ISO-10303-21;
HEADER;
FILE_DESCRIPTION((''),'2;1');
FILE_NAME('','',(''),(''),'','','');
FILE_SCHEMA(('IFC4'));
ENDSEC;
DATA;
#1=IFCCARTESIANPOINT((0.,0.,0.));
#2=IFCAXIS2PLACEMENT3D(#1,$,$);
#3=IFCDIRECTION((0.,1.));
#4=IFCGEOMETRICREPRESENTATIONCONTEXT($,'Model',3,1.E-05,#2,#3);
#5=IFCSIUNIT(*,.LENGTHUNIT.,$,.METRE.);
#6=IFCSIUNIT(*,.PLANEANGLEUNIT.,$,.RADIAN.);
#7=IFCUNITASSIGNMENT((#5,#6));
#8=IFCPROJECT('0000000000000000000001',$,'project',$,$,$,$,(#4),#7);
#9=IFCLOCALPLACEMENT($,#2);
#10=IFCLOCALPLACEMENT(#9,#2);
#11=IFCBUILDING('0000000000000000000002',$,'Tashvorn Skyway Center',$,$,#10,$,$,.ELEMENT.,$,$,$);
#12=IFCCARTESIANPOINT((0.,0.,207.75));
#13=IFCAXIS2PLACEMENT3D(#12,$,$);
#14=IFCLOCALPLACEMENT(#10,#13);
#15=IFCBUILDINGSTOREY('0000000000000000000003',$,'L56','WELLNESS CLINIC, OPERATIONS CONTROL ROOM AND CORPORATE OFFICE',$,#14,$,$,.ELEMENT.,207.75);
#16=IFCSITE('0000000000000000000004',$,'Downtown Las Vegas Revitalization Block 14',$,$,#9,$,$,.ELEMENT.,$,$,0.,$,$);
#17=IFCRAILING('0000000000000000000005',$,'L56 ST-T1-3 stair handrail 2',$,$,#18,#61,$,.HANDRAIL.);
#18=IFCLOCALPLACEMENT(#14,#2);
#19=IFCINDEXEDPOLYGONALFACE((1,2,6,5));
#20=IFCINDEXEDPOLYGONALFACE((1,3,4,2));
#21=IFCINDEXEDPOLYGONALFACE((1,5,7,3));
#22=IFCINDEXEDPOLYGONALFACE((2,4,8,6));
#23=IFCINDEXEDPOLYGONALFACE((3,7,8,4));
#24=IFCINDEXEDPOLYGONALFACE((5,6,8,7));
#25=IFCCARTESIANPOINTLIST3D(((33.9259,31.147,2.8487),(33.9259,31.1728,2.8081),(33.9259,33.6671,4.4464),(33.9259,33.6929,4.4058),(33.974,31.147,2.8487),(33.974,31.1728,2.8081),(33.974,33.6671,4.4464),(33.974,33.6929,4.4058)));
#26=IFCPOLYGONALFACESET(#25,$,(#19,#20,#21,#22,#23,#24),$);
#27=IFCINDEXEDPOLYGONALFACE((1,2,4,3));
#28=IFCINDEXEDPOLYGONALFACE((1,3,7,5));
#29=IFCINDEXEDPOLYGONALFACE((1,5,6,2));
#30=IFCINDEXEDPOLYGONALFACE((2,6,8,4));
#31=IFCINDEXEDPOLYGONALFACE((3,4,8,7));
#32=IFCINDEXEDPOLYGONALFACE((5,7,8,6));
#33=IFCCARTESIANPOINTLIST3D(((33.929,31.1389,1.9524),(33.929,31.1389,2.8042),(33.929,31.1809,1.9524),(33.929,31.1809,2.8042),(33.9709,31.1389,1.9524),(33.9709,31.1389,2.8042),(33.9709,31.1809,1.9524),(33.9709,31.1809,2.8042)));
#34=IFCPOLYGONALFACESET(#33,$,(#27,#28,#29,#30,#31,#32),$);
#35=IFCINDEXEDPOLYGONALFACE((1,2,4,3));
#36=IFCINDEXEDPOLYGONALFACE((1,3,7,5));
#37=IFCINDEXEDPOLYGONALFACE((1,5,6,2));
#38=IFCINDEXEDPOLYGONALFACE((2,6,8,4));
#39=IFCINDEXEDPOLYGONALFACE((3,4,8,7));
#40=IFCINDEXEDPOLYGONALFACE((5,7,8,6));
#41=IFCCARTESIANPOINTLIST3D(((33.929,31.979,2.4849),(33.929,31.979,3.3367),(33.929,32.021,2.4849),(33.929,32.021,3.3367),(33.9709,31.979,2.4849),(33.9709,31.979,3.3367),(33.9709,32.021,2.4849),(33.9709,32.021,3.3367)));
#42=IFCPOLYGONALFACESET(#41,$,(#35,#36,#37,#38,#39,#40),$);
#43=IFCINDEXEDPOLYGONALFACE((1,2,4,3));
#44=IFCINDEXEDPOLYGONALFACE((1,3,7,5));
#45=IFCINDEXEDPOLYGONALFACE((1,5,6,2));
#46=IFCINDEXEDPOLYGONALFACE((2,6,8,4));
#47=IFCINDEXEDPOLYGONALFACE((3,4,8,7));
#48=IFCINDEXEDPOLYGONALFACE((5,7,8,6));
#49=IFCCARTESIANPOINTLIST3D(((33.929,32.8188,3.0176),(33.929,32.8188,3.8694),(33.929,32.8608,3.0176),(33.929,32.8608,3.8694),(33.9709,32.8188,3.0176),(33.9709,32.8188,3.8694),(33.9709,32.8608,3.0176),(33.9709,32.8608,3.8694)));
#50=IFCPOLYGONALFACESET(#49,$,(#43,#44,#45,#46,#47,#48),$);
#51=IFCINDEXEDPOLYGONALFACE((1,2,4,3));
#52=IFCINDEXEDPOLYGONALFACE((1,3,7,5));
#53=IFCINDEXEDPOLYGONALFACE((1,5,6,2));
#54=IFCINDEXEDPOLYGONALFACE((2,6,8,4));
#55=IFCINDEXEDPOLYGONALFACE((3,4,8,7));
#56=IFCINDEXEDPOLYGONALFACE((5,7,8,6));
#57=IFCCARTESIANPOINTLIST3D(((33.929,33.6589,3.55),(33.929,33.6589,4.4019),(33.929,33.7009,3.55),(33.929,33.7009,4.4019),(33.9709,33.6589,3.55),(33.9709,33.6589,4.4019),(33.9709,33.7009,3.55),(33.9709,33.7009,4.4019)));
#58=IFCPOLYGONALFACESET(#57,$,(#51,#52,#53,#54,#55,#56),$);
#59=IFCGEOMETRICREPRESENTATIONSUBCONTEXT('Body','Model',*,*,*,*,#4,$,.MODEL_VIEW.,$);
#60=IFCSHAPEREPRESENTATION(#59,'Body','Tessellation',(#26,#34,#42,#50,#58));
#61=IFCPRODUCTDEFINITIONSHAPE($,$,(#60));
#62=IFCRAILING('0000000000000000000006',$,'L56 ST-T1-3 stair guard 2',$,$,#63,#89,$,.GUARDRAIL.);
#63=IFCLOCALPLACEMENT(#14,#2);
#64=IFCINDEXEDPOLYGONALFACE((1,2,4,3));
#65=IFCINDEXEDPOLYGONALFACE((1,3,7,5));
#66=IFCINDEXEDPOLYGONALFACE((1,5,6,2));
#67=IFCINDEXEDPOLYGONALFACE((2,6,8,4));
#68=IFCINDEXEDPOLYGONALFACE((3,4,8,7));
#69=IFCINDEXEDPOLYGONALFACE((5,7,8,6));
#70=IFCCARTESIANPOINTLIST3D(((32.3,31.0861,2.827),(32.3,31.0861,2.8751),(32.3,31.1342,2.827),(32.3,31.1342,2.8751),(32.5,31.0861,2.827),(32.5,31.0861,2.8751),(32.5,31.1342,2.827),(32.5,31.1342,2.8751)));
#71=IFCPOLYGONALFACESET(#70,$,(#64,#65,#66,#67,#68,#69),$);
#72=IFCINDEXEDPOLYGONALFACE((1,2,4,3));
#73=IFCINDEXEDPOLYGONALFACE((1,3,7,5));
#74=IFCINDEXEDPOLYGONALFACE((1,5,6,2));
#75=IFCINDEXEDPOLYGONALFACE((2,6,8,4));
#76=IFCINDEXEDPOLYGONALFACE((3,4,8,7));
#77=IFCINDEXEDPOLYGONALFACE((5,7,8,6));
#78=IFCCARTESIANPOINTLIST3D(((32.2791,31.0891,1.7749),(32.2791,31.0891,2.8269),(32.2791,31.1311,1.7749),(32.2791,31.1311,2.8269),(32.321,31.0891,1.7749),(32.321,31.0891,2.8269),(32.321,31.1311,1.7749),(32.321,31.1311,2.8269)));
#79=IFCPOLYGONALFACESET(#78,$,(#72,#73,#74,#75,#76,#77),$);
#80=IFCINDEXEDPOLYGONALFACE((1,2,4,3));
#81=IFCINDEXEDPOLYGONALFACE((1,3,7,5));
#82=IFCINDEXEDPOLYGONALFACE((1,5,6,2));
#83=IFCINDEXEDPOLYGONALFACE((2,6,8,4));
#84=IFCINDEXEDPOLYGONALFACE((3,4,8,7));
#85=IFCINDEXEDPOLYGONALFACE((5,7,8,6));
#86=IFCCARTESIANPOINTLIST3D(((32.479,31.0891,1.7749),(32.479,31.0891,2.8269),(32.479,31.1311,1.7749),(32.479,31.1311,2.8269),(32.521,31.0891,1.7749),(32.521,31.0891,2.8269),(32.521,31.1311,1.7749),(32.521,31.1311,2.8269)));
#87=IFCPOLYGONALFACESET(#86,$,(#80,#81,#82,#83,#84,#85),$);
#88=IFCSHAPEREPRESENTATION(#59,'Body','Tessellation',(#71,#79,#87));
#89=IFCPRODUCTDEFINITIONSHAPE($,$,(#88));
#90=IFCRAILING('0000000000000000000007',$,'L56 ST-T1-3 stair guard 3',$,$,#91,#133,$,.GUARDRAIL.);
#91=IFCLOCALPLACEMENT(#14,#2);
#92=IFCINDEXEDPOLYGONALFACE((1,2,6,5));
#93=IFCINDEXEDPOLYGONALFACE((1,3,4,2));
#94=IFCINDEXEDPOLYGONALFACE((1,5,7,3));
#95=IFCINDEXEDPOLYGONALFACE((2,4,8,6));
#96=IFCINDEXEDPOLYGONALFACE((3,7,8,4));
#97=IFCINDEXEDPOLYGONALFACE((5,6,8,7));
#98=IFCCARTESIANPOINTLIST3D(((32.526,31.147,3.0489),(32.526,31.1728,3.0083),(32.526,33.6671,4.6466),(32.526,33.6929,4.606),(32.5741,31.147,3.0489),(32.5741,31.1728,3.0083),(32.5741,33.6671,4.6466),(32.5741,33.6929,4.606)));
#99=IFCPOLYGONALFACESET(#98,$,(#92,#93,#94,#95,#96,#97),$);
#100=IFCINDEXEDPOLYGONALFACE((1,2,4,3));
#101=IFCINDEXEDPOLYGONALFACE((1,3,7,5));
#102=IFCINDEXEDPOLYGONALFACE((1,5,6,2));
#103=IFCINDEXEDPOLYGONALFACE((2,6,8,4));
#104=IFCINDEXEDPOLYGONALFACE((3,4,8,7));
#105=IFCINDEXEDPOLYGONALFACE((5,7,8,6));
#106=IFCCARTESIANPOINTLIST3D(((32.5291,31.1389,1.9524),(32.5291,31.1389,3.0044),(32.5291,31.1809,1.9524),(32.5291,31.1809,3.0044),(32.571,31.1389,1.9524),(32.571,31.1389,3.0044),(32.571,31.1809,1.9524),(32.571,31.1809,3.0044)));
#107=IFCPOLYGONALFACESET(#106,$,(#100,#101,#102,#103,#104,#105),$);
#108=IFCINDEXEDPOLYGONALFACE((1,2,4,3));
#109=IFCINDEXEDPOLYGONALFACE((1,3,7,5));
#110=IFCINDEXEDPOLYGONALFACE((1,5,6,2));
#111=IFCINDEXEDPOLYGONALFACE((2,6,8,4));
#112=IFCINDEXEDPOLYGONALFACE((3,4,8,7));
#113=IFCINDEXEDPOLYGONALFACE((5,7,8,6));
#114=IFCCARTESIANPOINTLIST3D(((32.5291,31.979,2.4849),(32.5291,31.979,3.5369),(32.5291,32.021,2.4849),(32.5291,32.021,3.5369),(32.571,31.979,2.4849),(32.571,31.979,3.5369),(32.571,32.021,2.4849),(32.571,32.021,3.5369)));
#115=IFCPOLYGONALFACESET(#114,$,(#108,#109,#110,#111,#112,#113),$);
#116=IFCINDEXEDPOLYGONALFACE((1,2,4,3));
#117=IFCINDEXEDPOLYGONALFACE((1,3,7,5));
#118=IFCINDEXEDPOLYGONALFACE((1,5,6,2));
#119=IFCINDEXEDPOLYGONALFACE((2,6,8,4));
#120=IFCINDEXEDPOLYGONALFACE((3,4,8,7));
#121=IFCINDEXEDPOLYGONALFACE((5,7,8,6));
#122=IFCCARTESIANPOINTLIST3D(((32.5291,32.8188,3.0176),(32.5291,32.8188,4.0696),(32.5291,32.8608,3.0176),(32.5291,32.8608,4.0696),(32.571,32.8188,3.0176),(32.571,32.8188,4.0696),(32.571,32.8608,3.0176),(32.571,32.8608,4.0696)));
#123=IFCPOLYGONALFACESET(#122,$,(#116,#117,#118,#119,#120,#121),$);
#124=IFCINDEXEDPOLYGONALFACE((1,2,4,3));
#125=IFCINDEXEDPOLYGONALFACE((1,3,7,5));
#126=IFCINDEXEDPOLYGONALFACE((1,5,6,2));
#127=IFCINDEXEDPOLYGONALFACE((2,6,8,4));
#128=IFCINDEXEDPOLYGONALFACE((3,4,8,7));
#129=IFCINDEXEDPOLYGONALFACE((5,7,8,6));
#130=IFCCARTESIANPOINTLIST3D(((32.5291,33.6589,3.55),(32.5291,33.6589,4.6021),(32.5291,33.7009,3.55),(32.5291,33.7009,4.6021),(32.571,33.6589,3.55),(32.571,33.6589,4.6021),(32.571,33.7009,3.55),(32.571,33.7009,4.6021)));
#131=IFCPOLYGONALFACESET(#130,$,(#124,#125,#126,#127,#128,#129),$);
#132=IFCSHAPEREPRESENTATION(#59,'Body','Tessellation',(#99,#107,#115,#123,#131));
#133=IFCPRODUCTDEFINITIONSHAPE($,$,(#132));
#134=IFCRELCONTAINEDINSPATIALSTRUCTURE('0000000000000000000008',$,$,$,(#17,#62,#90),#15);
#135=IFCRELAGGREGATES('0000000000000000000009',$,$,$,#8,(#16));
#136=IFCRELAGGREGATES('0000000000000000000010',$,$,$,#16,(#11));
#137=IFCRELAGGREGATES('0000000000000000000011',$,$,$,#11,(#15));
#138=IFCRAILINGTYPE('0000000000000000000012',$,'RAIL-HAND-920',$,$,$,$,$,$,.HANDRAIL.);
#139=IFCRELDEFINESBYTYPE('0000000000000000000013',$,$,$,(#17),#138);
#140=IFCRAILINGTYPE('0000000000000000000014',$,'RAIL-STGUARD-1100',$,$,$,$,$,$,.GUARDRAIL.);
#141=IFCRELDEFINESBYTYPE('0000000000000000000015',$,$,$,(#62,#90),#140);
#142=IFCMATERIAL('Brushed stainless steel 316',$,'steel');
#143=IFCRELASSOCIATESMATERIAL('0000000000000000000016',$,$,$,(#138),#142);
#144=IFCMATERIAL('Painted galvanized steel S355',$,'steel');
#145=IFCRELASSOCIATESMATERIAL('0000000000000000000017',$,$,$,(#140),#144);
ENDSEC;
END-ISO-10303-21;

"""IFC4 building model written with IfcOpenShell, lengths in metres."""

from ifc_helpers import new_model, si_unit, direction, frame, origin, origin_2d, place, context, subcontext, project, spatial, rectangle, extrude, material, type_object, element, save


model = new_model("IFC4")

# Units and contexts
model_context = context("Model", 3, precision=1e-05, world=origin(), true_north=direction((0.0, 1.0)))
body_context = subcontext(model_context, "Body", "Model", "MODEL_VIEW")
ifc_project = project(units=[si_unit("LENGTHUNIT", "METRE"), si_unit("PLANEANGLEUNIT", "RADIAN")], contexts=[model_context])

# Site, building, storey
site_placement = place(None, origin())
site = spatial("IfcSite", under=ifc_project, at=site_placement, Name="Downtown Las Vegas Revitalization Block 14", CompositionType="ELEMENT", RefElevation=0.0)
building_placement = place(site_placement, origin())
building = spatial("IfcBuilding", under=site, at=building_placement, Name="Tashvorn Skyway Center", CompositionType="ELEMENT")
storey_placement = place(building_placement, frame((0.0, 0.0, 207.75)))
storey = spatial("IfcBuildingStorey", under=building, at=storey_placement, Name="L56", Description="WELLNESS CLINIC, OPERATIONS CONTROL ROOM AND CORPORATE OFFICE", CompositionType="ELEMENT", Elevation=207.75)

# Railings
ifc_material_1 = material(Name="Brushed stainless steel 316", Category="steel")
railing_type_1 = type_object("IfcRailingType", Name="RAIL-HAND-920", PredefinedType="HANDRAIL", material=ifc_material_1)
railing_1_placement = place(storey_placement, frame((33.95, 31.1599, 1.9524)))
element("IfcRailing", 1, at=railing_1_placement, inside=storey, type_object=railing_type_1, Name="L56 ST-T1-3 stair handrail 2", PredefinedType="HANDRAIL", context=body_context, shape_type="SweptSolid", body=[
    extrude(rectangle(XDim=0.0481, YDim=0.0481, at=origin_2d()), frame((0.0, 0.0, 0.876), z_axis=(0.0, 0.84457, 0.535445), x_axis=(-1.0, 0.0, 0.0)), (0.0, 0.0, 1.0), 2.9839),
    extrude(rectangle(XDim=0.042, YDim=0.042, at=origin_2d()), origin(), (0.0, 0.0, 1.0), 0.8518),
    extrude(rectangle(XDim=0.042, YDim=0.042, at=origin_2d()), frame((0.0, 0.8401, 0.5325)), (0.0, 0.0, 1.0), 0.8518),
    extrude(rectangle(XDim=0.042, YDim=0.042, at=origin_2d()), frame((0.0, 1.6799, 1.0652)), (0.0, 0.0, 1.0), 0.8518),
    extrude(rectangle(XDim=0.042, YDim=0.042, at=origin_2d()), frame((0.0, 2.52, 1.5977)), (0.0, 0.0, 1.0), 0.8518),
])
ifc_material_2 = material(Name="Painted galvanized steel S355", Category="steel")
railing_type_2 = type_object("IfcRailingType", Name="RAIL-STGUARD-1100", PredefinedType="GUARDRAIL", material=ifc_material_2)
railing_2_placement = place(storey_placement, frame((32.3, 31.1101, 1.7749)))
element("IfcRailing", 2, at=railing_2_placement, inside=storey, type_object=railing_type_2, Name="L56 ST-T1-3 stair guard 2", PredefinedType="GUARDRAIL", context=body_context, shape_type="SweptSolid", body=[
    extrude(rectangle(XDim=0.0481, YDim=0.0481, at=origin_2d()), frame((0.0, 0.0, 1.0762), z_axis=(1.0, 0.0, 0.0), x_axis=(0.0, 1.0, 0.0)), (0.0, 0.0, 1.0), 0.2),
    extrude(rectangle(XDim=0.042, YDim=0.042, at=origin_2d()), origin(), (0.0, 0.0, 1.0), 1.052),
    extrude(rectangle(XDim=0.042, YDim=0.042, at=origin_2d()), frame((0.2, 0.0, 0.0)), (0.0, 0.0, 1.0), 1.052),
])
railing_3_placement = place(storey_placement, frame((32.55, 31.1599, 1.9524)))
element("IfcRailing", 3, at=railing_3_placement, inside=storey, type_object=railing_type_2, Name="L56 ST-T1-3 stair guard 3", PredefinedType="GUARDRAIL", context=body_context, shape_type="SweptSolid", body=[
    extrude(rectangle(XDim=0.0481, YDim=0.0481, at=origin_2d()), frame((0.0, 0.0, 1.0762), z_axis=(0.0, 0.84457, 0.535445), x_axis=(-1.0, 0.0, 0.0)), (0.0, 0.0, 1.0), 2.9839),
    extrude(rectangle(XDim=0.042, YDim=0.042, at=origin_2d()), origin(), (0.0, 0.0, 1.0), 1.052),
    extrude(rectangle(XDim=0.042, YDim=0.042, at=origin_2d()), frame((0.0, 0.8401, 0.5325)), (0.0, 0.0, 1.0), 1.052),
    extrude(rectangle(XDim=0.042, YDim=0.042, at=origin_2d()), frame((0.0, 1.6799, 1.0652)), (0.0, 0.0, 1.0), 1.052),
    extrude(rectangle(XDim=0.042, YDim=0.042, at=origin_2d()), frame((0.0, 2.52, 1.5977)), (0.0, 0.0, 1.0), 1.052),
])

save(model, "model.ifc")
